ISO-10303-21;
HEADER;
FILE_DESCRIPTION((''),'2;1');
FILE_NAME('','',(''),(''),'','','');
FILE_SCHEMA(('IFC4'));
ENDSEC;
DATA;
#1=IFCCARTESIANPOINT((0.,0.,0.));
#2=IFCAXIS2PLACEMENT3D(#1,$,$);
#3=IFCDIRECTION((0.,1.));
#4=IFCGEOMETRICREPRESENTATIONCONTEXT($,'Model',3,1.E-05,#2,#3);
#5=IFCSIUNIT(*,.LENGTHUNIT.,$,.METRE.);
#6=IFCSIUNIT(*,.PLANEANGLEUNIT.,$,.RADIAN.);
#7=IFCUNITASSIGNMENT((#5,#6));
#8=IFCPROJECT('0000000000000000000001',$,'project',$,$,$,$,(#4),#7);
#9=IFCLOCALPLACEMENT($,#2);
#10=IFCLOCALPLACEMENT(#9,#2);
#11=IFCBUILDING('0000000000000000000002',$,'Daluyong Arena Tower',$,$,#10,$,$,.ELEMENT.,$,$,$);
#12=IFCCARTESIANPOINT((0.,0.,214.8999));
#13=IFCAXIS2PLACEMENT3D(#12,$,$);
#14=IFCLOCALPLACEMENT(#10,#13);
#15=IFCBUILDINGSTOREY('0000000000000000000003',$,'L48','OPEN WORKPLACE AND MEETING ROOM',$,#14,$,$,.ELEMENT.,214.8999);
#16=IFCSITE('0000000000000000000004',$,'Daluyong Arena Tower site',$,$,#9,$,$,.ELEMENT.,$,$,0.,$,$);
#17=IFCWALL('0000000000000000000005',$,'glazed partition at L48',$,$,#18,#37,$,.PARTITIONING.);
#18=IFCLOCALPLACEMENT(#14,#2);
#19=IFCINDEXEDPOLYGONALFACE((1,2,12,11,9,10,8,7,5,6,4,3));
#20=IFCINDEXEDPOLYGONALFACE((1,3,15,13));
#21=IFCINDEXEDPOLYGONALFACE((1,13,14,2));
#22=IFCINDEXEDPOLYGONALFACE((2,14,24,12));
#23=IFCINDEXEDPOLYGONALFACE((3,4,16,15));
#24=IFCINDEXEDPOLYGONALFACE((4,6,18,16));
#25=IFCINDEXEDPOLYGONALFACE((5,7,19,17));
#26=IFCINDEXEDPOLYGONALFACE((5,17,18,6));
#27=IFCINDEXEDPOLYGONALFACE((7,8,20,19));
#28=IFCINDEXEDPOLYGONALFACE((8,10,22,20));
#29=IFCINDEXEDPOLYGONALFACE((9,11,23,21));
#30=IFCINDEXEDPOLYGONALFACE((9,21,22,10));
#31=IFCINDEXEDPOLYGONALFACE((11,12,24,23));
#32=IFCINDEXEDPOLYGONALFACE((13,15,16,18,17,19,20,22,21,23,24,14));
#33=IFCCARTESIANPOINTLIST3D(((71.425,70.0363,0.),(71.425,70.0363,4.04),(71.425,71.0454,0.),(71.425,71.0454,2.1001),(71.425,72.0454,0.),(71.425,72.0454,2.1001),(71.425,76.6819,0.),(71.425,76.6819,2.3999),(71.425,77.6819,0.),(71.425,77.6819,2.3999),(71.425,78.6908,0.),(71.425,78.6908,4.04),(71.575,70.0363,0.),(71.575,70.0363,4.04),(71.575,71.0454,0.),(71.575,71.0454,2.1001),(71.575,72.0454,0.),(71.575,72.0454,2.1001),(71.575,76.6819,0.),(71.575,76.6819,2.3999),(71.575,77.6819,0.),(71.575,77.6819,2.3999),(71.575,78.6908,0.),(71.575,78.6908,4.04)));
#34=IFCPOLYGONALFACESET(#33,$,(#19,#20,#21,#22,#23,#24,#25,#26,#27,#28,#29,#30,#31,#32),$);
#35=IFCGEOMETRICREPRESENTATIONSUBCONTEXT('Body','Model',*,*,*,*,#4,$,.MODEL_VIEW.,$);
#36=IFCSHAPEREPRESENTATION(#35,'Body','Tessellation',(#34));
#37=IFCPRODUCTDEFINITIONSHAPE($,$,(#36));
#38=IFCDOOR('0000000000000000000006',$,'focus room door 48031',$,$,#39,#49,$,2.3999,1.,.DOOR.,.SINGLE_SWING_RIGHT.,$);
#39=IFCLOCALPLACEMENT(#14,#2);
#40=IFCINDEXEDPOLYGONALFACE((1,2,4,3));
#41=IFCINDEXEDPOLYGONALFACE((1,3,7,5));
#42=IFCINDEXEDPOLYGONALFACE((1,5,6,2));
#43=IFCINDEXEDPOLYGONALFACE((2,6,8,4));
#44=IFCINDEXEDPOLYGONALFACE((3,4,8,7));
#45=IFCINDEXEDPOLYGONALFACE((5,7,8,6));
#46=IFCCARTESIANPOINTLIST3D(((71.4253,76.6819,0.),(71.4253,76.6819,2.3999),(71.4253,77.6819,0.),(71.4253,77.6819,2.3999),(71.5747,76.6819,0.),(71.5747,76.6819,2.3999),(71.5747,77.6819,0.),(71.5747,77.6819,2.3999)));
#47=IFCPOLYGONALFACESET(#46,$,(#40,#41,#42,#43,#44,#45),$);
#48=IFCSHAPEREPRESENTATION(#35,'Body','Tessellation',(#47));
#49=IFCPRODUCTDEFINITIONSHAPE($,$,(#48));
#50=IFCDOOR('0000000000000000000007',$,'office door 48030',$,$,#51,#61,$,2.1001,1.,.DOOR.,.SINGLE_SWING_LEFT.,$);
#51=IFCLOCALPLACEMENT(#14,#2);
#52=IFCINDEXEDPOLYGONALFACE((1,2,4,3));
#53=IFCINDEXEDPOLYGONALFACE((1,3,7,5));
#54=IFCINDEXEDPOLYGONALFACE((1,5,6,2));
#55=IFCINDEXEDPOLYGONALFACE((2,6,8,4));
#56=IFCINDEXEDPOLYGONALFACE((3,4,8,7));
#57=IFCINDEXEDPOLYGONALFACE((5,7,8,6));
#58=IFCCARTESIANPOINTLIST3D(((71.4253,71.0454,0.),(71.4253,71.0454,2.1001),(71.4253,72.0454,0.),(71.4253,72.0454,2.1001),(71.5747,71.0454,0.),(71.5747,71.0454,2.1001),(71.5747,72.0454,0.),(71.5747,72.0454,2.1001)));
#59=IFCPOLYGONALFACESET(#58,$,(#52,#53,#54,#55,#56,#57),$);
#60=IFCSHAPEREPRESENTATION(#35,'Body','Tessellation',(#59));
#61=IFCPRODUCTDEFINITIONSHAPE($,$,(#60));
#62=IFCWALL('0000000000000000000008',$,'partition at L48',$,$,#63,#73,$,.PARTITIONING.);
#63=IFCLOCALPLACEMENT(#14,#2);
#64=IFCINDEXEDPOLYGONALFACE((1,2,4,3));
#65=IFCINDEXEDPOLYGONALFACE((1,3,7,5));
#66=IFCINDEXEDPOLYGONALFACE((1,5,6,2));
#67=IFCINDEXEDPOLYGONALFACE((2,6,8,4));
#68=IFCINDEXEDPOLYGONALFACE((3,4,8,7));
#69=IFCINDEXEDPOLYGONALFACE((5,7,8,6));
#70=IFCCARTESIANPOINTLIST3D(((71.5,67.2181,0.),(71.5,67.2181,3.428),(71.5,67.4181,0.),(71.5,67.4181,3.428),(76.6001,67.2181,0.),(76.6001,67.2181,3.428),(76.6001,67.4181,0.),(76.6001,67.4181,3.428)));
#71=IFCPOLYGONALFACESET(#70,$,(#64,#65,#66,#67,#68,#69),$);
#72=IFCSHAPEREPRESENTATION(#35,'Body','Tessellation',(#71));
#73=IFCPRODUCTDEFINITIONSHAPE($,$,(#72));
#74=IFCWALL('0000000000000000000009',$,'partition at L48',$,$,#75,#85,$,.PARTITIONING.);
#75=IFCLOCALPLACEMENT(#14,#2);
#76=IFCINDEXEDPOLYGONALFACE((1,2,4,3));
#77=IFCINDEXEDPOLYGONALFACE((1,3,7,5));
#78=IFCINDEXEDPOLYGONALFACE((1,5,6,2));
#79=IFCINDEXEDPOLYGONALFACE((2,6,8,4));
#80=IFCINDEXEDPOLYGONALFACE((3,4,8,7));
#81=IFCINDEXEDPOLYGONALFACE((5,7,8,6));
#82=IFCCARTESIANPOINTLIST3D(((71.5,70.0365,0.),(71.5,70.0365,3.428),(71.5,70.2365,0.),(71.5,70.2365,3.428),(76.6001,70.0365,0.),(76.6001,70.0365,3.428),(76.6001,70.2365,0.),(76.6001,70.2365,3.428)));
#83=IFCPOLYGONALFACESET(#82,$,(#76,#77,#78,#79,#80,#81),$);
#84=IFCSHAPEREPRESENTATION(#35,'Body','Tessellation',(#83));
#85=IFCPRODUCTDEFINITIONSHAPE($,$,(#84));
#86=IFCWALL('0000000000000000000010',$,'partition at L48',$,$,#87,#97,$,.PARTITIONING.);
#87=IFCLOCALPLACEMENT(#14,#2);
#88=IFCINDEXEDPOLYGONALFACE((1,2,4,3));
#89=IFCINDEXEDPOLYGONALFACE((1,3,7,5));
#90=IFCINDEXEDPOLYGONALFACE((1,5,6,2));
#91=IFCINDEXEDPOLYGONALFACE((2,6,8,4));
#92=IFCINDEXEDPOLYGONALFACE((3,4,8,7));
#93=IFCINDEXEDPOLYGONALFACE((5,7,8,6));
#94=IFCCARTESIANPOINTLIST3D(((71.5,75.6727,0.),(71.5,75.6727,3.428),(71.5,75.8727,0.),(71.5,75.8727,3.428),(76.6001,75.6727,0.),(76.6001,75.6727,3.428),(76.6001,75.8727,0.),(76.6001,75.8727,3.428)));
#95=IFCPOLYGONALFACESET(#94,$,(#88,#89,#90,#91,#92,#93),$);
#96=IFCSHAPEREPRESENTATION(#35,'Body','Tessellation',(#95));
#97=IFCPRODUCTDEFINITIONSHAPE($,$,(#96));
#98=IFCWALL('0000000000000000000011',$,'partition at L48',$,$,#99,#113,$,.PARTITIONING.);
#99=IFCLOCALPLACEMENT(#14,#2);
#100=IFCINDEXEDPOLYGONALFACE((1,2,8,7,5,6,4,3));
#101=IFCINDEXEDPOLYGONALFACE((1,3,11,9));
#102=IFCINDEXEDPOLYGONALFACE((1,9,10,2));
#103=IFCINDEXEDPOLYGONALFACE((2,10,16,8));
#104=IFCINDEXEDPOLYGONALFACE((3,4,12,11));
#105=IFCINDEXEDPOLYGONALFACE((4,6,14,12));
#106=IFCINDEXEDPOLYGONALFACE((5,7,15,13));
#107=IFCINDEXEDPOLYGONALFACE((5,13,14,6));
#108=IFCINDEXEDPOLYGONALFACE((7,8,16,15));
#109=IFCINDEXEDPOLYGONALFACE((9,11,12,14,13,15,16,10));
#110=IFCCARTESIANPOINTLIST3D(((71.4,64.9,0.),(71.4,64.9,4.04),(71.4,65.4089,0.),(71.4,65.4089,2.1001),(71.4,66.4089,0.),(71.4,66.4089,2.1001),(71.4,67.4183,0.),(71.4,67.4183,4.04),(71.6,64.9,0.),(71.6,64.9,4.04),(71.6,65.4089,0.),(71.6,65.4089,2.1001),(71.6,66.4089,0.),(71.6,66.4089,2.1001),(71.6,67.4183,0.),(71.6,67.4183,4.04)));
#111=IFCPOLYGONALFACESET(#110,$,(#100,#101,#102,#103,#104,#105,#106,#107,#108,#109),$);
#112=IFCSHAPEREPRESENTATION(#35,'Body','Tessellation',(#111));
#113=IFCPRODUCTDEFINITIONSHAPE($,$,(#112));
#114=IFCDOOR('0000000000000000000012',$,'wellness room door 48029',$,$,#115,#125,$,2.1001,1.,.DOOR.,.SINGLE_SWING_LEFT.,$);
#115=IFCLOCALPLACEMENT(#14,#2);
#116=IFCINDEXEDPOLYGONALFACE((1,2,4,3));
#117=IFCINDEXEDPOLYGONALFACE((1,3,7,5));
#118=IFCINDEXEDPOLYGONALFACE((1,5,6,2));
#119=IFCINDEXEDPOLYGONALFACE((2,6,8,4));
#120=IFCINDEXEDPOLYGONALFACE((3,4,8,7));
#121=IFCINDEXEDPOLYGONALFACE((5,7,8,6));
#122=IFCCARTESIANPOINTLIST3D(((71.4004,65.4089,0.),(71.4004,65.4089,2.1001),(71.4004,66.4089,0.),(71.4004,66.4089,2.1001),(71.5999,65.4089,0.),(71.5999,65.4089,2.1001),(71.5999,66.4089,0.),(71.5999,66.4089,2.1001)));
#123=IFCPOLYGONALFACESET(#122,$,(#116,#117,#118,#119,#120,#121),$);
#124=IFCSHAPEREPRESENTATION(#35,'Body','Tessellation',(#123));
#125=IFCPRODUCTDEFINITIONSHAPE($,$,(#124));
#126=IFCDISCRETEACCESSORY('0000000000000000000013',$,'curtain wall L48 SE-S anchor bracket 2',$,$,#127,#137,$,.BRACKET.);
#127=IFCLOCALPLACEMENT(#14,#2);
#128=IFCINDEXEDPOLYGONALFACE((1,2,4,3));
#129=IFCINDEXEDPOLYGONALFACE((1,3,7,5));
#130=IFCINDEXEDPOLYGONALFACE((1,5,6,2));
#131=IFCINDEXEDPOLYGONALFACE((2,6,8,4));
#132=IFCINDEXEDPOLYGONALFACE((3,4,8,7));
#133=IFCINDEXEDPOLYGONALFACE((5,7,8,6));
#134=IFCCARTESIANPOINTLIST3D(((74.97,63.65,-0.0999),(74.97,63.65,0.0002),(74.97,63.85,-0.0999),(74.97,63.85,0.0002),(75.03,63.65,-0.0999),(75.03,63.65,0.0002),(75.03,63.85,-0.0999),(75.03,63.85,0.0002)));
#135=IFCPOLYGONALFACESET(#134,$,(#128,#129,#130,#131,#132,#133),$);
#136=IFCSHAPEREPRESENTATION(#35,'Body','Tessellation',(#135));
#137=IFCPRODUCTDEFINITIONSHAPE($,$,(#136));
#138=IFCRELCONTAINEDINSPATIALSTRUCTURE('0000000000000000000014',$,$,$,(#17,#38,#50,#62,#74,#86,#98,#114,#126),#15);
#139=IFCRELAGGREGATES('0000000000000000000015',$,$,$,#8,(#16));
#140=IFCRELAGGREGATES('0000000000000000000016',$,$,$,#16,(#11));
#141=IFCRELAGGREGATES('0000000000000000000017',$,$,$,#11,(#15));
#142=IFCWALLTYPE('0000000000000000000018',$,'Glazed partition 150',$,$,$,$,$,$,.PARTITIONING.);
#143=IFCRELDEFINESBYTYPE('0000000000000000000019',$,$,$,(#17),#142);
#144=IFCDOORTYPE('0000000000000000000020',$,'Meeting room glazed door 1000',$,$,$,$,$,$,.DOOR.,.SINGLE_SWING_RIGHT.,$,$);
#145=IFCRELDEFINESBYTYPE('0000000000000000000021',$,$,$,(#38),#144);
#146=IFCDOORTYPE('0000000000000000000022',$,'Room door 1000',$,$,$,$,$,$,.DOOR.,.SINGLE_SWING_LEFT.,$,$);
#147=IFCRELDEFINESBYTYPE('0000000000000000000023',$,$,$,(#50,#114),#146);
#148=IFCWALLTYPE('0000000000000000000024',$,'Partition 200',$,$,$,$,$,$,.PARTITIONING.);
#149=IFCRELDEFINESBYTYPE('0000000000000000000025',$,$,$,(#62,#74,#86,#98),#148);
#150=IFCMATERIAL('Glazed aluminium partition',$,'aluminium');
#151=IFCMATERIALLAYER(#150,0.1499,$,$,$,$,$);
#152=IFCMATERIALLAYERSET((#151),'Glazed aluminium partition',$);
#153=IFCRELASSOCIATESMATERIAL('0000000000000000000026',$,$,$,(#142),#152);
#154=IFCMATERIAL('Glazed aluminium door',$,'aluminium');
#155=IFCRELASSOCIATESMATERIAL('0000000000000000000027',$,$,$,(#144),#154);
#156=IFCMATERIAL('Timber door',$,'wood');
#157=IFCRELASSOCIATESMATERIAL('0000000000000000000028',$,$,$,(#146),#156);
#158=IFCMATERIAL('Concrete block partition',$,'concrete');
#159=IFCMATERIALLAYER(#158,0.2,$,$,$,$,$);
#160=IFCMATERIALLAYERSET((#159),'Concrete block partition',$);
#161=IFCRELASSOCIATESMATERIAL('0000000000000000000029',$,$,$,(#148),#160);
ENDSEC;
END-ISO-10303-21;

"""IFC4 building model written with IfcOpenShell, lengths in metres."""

from ifc_helpers import new_model, si_unit, direction, frame, frame_2d, origin, origin_2d, place, context, subcontext, project, spatial, rectangle, extrude, material, layer, layer_set, type_object, element, fill, save


model = new_model("IFC4")

# Units and contexts
model_context = context("Model", 3, precision=1e-05, world=origin(), true_north=direction((0.0, 1.0)))
body_context = subcontext(model_context, "Body", "Model", "MODEL_VIEW")
ifc_project = project(units=[si_unit("LENGTHUNIT", "METRE"), si_unit("PLANEANGLEUNIT", "RADIAN")], contexts=[model_context])

# Site, building, storey
site_placement = place(None, origin())
site = spatial("IfcSite", under=ifc_project, at=site_placement, Name="Daluyong Arena Tower site", CompositionType="ELEMENT", RefElevation=0.0)
building_placement = place(site_placement, origin())
building = spatial("IfcBuilding", under=site, at=building_placement, Name="Daluyong Arena Tower", CompositionType="ELEMENT")
storey_placement = place(building_placement, frame((0.0, 0.0, 214.8999)))
storey = spatial("IfcBuildingStorey", under=building, at=storey_placement, Name="L48", Description="OPEN WORKPLACE AND MEETING ROOM", CompositionType="ELEMENT", Elevation=214.8999)

# Wall, openings, doors
ifc_material_1 = material(Name="Glazed aluminium partition", Category="aluminium")
ifc_layer_1 = layer(ifc_material_1, 0.1499)
ifc_layer_set_1 = layer_set([ifc_layer_1], Name="Glazed aluminium partition")
wall_type_1 = type_object("IfcWallType", Name="Glazed partition 150", PredefinedType="PARTITIONING", material=ifc_layer_set_1)
wall_1_placement = place(storey_placement, frame((71.5, 70.0364, 0.0), z_axis=(0.0, 0.0, 1.0), x_axis=(0.0, 1.0, 0.0)))
wall_1 = element("IfcWall", 1, at=wall_1_placement, inside=storey, type_object=wall_type_1, Name="glazed partition at L48", PredefinedType="PARTITIONING", context=body_context, shape_type="SweptSolid", body=[
    extrude(rectangle(XDim=8.6545, YDim=0.1499, at=frame_2d((4.3271, 0.0))), origin(), (0.0, 0.0, 1.0), 4.04),
])
opening_1_placement = place(wall_1_placement, frame((1.009, 0.0, 0.0)))
opening_1 = element("IfcOpeningElement", 2, at=opening_1_placement, cuts=wall_1, PredefinedType="OPENING", context=body_context, shape_type="SweptSolid", body=[
    extrude(rectangle(XDim=1.0, YDim=2.1001, at=frame_2d((0.5, 1.05))), frame((0.0, 0.085, 0.0), z_axis=(0.0, -1.0, 0.0), x_axis=(1.0, 0.0, 0.0)), (0.0, 0.0, 1.0), 0.1699),
])
opening_2_placement = place(wall_1_placement, frame((6.6455, 0.0, 0.0)))
opening_2 = element("IfcOpeningElement", 3, at=opening_2_placement, cuts=wall_1, PredefinedType="OPENING", context=body_context, shape_type="SweptSolid", body=[
    extrude(rectangle(XDim=1.0, YDim=2.3999, at=frame_2d((0.5, 1.2))), frame((0.0, 0.085, 0.0), z_axis=(0.0, -1.0, 0.0), x_axis=(1.0, 0.0, 0.0)), (0.0, 0.0, 1.0), 0.1699),
])
ifc_material_2 = material(Name="Glazed aluminium door", Category="aluminium")
door_type_1 = type_object("IfcDoorType", Name="Meeting room glazed door 1000", OperationType="SINGLE_SWING_RIGHT", PredefinedType="DOOR", material=ifc_material_2)
door_1_placement = place(opening_2_placement, origin())
door_1 = element("IfcDoor", 4, at=door_1_placement, inside=storey, type_object=door_type_1, Name="focus room door 48031", OperationType="SINGLE_SWING_RIGHT", OverallHeight=2.3999, OverallWidth=1.0, PredefinedType="DOOR", context=body_context, shape_type="SweptSolid", body=[
    extrude(rectangle(XDim=1.0, YDim=2.3999, at=frame_2d((0.5, 1.2))), frame((0.0, 0.0747, 0.0), z_axis=(0.0, -1.0, 0.0), x_axis=(1.0, 0.0, 0.0)), (0.0, 0.0, 1.0), 0.1494),
])
fill(opening_2, door_1)
ifc_material_3 = material(Name="Timber door", Category="wood")
door_type_2 = type_object("IfcDoorType", Name="Room door 1000", OperationType="SINGLE_SWING_LEFT", PredefinedType="DOOR", material=ifc_material_3)
door_2_placement = place(opening_1_placement, origin())
door_2 = element("IfcDoor", 5, at=door_2_placement, inside=storey, type_object=door_type_2, Name="office door 48030", OperationType="SINGLE_SWING_LEFT", OverallHeight=2.1001, OverallWidth=1.0, PredefinedType="DOOR", context=body_context, shape_type="SweptSolid", body=[
    extrude(rectangle(XDim=1.0, YDim=2.1001, at=frame_2d((0.5, 1.05))), frame((0.0, 0.0747, 0.0), z_axis=(0.0, -1.0, 0.0), x_axis=(1.0, 0.0, 0.0)), (0.0, 0.0, 1.0), 0.1494),
])
fill(opening_1, door_2)

# Walls
ifc_material_4 = material(Name="Concrete block partition", Category="concrete")
ifc_layer_2 = layer(ifc_material_4, 0.2)
ifc_layer_set_2 = layer_set([ifc_layer_2], Name="Concrete block partition")
wall_type_2 = type_object("IfcWallType", Name="Partition 200", PredefinedType="PARTITIONING", material=ifc_layer_set_2)
for number, where, z_axis, x_axis, name in (
    (6, (71.5, 67.3181, 0.0), (0.0, 0.0, 1.0), (1.0, 0.0, 0.0), "partition at L48"),
    (7, (71.5, 70.1365, 0.0), (0.0, 0.0, 1.0), (1.0, 0.0, 0.0), "partition at L48"),
    (8, (71.5, 75.7727, 0.0), (0.0, 0.0, 1.0), (1.0, 0.0, 0.0), "partition at L48"),
):
    element("IfcWall", number, at=place(storey_placement, frame(where, z_axis=z_axis, x_axis=x_axis)), inside=storey, type_object=wall_type_2, Name=name, PredefinedType="PARTITIONING", context=body_context, shape_type="SweptSolid", body=[
        extrude(rectangle(XDim=5.1001, YDim=0.2, at=frame_2d((2.55, 0.0))), origin(), (0.0, 0.0, 1.0), 3.428),
    ])

# Wall, opening, door
wall_2_placement = place(storey_placement, frame((71.5, 64.8999, 0.0), z_axis=(0.0, 0.0, 1.0), x_axis=(0.0, 1.0, 0.0)))
wall_2 = element("IfcWall", 9, at=wall_2_placement, inside=storey, type_object=wall_type_2, Name="partition at L48", PredefinedType="PARTITIONING", context=body_context, shape_type="SweptSolid", body=[
    extrude(rectangle(XDim=2.5183, YDim=0.2, at=frame_2d((1.2593, 0.0))), origin(), (0.0, 0.0, 1.0), 4.04),
])
opening_3_placement = place(wall_2_placement, frame((0.509, 0.0, 0.0)))
opening_3 = element("IfcOpeningElement", 10, at=opening_3_placement, cuts=wall_2, PredefinedType="OPENING", context=body_context, shape_type="SweptSolid", body=[
    extrude(rectangle(XDim=1.0, YDim=2.1001, at=frame_2d((0.5, 1.05))), frame((0.0, 0.1099, 0.0), z_axis=(0.0, -1.0, 0.0), x_axis=(1.0, 0.0, 0.0)), (0.0, 0.0, 1.0), 0.22),
])
door_3_placement = place(opening_3_placement, origin())
door_3 = element("IfcDoor", 11, at=door_3_placement, inside=storey, type_object=door_type_2, Name="wellness room door 48029", OperationType="SINGLE_SWING_LEFT", OverallHeight=2.1001, OverallWidth=1.0, PredefinedType="DOOR", context=body_context, shape_type="SweptSolid", body=[
    extrude(rectangle(XDim=1.0, YDim=2.1001, at=frame_2d((0.5, 1.05))), frame((0.0, 0.0996, 0.0), z_axis=(0.0, -1.0, 0.0), x_axis=(1.0, 0.0, 0.0)), (0.0, 0.0, 1.0), 0.1995),
])
fill(opening_3, door_3)

# Discrete accessory
discrete_accessory_placement = place(storey_placement, frame((75.0, 63.75, -0.0999), z_axis=(0.0, 0.0, 1.0), x_axis=(1.0, 0.0, 0.0)))
element("IfcDiscreteAccessory", 12, at=discrete_accessory_placement, inside=storey, Name="curtain wall L48 SE-S anchor bracket 2", PredefinedType="BRACKET", context=body_context, shape_type="SweptSolid", body=[
    extrude(rectangle(XDim=0.0601, YDim=0.2, at=origin_2d()), origin(), (0.0, 0.0, 1.0), 0.1001),
])

save(model, "model.ifc")
